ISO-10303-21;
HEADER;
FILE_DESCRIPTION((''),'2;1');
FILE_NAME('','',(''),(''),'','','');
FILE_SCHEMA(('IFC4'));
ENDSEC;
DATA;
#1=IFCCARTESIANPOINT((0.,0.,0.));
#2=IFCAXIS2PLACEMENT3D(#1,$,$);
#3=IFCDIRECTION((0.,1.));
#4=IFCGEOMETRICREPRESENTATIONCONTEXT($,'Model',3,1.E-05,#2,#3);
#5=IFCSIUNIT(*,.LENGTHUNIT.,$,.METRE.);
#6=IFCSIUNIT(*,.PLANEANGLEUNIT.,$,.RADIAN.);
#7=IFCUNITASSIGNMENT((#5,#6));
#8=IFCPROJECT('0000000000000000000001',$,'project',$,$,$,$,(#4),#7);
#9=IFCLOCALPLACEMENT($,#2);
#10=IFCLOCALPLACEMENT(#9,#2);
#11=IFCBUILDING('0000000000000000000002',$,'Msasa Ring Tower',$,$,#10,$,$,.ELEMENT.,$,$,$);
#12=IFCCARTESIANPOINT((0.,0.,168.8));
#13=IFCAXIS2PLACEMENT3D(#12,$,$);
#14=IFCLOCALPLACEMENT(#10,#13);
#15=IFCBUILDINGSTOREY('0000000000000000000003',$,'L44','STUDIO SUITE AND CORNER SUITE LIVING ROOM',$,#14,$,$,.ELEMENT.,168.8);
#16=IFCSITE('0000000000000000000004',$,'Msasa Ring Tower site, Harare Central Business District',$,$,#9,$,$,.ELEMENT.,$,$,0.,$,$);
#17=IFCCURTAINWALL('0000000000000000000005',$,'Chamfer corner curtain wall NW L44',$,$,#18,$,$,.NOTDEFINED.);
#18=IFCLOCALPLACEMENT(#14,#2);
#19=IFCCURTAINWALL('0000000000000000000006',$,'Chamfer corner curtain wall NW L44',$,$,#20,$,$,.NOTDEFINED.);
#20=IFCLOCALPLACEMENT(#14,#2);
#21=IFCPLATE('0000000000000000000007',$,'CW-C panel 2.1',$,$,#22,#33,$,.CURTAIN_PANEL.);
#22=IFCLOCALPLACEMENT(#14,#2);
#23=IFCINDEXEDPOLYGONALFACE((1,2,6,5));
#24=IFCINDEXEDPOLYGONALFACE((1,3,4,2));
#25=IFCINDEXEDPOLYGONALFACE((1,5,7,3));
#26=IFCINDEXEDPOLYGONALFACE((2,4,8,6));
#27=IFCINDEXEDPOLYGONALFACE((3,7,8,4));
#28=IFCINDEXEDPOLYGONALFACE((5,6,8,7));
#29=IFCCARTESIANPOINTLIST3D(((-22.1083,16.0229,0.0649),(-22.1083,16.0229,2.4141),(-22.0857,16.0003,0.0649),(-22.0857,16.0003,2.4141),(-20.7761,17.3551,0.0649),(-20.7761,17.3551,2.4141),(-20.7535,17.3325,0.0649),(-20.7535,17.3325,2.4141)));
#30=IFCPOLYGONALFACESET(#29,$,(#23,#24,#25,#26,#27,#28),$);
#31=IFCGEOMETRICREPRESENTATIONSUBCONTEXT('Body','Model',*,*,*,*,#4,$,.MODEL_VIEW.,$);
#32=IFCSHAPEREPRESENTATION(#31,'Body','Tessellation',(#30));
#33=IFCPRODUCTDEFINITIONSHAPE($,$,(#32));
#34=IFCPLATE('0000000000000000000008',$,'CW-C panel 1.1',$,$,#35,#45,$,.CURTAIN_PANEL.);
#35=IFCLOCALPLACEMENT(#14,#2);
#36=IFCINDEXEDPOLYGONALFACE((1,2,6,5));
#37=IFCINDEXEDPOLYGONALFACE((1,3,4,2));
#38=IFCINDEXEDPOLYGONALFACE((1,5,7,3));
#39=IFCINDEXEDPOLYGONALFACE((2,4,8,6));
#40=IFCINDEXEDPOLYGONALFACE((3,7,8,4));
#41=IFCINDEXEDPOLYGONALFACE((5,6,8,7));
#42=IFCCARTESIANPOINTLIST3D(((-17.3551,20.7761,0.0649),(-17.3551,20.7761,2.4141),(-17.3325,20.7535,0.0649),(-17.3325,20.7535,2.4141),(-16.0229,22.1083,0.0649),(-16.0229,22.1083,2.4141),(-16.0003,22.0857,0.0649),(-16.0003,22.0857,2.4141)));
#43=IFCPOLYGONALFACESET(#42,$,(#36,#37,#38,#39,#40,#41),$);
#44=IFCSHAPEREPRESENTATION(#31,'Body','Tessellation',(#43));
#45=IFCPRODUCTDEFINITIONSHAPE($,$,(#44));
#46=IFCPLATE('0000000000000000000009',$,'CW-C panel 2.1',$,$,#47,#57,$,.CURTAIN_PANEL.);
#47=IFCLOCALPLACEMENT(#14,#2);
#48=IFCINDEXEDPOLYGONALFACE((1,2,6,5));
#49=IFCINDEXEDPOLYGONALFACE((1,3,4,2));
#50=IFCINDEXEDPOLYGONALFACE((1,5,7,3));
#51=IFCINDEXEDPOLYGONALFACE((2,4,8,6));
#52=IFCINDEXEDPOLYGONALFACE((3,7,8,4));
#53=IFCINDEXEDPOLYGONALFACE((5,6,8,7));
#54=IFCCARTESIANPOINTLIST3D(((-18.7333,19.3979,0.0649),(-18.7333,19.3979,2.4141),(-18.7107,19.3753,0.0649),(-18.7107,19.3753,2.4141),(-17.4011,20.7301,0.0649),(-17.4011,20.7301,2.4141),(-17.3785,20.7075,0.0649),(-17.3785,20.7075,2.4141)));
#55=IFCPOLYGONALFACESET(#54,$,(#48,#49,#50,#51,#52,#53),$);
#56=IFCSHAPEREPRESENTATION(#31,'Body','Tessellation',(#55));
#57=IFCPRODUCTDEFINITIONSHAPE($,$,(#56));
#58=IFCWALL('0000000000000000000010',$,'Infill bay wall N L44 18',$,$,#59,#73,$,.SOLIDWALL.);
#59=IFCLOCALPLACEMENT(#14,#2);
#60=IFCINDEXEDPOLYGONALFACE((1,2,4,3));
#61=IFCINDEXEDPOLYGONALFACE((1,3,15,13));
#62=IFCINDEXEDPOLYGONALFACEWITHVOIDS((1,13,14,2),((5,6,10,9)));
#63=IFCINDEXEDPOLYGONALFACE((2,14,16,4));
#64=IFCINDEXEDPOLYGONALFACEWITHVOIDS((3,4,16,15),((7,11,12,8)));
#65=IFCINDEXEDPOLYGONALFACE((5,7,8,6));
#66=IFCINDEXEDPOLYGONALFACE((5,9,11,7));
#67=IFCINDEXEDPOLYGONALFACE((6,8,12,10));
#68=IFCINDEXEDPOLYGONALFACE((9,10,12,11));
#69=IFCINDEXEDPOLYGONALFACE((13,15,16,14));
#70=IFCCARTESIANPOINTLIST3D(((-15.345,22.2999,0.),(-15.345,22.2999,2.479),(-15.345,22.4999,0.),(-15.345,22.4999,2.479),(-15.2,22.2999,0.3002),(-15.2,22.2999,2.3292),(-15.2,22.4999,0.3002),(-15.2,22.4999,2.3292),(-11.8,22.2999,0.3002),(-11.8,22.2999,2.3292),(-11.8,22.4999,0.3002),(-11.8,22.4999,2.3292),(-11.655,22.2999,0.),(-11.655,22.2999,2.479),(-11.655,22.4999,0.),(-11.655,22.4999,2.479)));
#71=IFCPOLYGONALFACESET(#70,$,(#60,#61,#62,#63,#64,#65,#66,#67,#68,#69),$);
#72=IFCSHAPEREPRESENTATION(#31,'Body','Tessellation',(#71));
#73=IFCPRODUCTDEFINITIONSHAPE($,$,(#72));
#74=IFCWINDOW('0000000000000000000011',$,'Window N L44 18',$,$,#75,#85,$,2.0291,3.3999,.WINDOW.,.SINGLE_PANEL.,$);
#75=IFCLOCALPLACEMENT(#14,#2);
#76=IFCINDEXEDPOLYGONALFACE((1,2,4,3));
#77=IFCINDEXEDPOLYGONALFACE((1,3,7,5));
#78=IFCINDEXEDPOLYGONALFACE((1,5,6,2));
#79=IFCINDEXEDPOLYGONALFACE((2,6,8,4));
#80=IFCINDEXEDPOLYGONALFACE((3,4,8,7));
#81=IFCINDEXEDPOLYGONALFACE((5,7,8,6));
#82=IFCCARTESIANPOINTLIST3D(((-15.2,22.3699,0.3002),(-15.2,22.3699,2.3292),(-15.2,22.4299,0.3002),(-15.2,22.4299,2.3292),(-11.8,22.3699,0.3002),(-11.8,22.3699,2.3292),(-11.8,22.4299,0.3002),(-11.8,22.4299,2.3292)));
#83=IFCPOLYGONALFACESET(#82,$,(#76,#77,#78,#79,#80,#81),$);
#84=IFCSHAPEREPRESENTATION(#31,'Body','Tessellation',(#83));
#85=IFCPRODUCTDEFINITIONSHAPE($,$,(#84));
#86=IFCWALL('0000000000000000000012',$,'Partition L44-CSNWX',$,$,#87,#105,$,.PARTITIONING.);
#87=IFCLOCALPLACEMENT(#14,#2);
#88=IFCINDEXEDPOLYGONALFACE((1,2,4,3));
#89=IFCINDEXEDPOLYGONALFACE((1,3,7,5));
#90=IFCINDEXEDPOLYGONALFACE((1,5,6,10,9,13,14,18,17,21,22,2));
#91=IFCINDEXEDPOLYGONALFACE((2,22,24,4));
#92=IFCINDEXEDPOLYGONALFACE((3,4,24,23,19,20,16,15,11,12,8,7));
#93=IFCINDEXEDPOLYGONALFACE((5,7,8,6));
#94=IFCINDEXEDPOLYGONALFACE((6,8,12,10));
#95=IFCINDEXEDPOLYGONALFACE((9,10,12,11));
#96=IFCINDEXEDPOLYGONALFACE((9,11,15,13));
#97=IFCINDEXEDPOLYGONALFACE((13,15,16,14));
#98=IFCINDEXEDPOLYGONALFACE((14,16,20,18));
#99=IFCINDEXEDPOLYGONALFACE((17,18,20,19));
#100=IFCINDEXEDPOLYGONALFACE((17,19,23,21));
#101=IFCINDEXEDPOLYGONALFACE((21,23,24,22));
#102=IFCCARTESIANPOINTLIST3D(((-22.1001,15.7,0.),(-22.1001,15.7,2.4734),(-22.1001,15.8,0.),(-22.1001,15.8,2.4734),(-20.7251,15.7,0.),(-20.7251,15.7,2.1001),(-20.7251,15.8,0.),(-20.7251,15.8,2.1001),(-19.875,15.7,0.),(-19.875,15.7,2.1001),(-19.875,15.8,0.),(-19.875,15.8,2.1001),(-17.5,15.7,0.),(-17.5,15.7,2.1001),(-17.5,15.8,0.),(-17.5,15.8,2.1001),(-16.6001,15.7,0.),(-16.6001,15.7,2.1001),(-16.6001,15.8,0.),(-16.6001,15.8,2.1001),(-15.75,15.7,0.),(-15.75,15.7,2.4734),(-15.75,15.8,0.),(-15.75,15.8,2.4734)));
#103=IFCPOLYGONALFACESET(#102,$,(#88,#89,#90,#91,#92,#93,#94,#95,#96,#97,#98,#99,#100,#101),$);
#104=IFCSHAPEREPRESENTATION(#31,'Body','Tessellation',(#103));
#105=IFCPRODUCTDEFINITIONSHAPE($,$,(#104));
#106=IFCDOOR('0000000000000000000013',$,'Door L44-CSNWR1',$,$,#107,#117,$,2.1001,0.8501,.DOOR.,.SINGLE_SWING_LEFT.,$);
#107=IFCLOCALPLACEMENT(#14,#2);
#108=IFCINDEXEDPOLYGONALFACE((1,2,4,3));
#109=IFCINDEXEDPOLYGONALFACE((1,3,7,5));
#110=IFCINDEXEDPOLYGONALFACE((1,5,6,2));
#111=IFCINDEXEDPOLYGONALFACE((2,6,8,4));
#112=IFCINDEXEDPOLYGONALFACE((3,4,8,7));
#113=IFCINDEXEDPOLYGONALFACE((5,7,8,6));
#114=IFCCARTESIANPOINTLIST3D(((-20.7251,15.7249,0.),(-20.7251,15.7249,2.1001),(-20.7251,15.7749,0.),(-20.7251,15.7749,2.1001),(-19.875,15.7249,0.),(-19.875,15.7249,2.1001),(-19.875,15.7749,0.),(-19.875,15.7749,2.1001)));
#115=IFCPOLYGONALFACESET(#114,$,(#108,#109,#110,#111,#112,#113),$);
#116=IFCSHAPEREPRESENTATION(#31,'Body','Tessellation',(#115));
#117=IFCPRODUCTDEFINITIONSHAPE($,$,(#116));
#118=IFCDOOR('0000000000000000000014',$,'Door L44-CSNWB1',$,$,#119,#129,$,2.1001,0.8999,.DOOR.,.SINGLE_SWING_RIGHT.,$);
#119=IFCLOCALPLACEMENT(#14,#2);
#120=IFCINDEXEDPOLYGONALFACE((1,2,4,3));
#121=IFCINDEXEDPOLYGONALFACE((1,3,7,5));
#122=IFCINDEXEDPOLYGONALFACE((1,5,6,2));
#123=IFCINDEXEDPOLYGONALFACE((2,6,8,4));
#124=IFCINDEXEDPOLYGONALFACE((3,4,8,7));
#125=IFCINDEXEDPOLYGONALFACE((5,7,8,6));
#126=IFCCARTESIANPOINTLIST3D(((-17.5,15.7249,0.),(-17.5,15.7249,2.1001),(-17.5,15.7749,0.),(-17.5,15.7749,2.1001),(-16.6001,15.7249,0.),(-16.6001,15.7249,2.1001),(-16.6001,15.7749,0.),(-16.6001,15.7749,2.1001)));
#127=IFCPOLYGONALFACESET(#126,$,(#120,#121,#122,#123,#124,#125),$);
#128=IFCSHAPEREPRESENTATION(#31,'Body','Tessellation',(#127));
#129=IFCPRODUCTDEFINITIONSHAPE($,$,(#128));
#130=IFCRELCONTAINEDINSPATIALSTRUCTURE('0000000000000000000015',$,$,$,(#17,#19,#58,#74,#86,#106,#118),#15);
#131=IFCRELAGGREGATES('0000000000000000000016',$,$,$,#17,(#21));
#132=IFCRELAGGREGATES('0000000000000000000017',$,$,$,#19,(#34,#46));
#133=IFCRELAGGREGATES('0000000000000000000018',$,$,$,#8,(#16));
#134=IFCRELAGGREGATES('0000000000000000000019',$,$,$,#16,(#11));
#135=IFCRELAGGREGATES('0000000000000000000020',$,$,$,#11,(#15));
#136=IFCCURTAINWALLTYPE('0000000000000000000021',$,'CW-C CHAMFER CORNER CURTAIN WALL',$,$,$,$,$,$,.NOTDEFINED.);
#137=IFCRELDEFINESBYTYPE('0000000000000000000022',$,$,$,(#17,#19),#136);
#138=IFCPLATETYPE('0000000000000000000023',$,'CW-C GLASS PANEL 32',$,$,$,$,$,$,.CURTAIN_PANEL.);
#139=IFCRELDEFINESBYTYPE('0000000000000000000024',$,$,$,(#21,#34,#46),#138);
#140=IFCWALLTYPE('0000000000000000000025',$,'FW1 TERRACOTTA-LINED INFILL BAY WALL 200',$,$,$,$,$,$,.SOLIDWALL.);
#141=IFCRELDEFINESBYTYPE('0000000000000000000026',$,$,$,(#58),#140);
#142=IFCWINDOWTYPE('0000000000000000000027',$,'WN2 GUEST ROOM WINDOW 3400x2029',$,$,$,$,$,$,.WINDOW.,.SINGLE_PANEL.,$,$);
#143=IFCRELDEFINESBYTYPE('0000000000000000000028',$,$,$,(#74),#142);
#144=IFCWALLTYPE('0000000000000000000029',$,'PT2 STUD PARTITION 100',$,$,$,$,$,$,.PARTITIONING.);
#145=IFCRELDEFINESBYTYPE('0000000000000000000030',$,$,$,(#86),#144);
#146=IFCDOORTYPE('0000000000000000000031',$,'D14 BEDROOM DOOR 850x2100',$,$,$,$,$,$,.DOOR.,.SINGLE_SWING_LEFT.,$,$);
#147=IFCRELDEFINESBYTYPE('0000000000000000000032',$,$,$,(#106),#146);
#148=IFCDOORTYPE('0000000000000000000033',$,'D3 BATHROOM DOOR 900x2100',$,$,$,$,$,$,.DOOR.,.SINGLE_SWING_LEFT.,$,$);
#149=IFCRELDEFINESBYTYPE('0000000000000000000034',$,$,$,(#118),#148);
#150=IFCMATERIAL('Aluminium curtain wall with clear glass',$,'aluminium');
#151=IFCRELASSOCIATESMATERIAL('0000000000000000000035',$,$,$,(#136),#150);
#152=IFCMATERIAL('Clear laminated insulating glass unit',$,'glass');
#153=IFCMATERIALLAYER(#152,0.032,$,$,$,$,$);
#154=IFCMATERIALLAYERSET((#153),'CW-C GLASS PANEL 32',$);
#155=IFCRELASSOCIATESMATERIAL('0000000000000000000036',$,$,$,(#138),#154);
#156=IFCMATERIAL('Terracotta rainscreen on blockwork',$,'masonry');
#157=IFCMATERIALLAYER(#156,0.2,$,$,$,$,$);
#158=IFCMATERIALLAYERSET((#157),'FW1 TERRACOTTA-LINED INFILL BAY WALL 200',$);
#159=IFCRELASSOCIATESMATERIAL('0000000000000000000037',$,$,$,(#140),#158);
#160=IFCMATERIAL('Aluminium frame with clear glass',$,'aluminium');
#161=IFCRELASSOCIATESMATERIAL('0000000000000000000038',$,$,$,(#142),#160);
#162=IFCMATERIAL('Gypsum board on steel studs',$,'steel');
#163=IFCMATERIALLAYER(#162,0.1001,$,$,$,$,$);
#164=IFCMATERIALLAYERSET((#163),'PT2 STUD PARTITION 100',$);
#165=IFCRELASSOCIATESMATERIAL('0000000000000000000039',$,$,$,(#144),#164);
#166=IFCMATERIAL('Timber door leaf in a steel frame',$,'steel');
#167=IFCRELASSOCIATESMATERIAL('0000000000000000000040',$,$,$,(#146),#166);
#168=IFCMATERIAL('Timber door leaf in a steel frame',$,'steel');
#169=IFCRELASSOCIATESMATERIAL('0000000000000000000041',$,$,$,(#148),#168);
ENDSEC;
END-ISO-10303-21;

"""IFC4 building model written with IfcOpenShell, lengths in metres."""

from ifc_helpers import new_model, si_unit, direction, frame, frame_2d, origin, origin_2d, place, context, subcontext, project, spatial, rectangle, extrude, material, layer, layer_set, type_object, element, fill, aggregate, save


model = new_model("IFC4")

# Units and contexts
model_context = context("Model", 3, precision=1e-05, world=origin(), true_north=direction((0.0, 1.0)))
body_context = subcontext(model_context, "Body", "Model", "MODEL_VIEW")
ifc_project = project(units=[si_unit("LENGTHUNIT", "METRE"), si_unit("PLANEANGLEUNIT", "RADIAN")], contexts=[model_context])

# Site, building, storey
site_placement = place(None, origin())
site = spatial("IfcSite", under=ifc_project, at=site_placement, Name="Msasa Ring Tower site, Harare Central Business District", CompositionType="ELEMENT", RefElevation=0.0)
building_placement = place(site_placement, origin())
building = spatial("IfcBuilding", under=site, at=building_placement, Name="Msasa Ring Tower", CompositionType="ELEMENT")
storey_placement = place(building_placement, frame((0.0, 0.0, 168.8)))
storey = spatial("IfcBuildingStorey", under=building, at=storey_placement, Name="L44", Description="STUDIO SUITE AND CORNER SUITE LIVING ROOM", CompositionType="ELEMENT", Elevation=168.8)

# Curtain walls
ifc_material_1 = material(Name="Aluminium curtain wall with clear glass", Category="aluminium")
curtain_wall_type = type_object("IfcCurtainWallType", Name="CW-C CHAMFER CORNER CURTAIN WALL", PredefinedType="NOTDEFINED", material=ifc_material_1)
curtain_wall_1_placement = place(storey_placement, origin())
curtain_wall_1 = element("IfcCurtainWall", 1, at=curtain_wall_1_placement, inside=storey, type_object=curtain_wall_type, Name="Chamfer corner curtain wall NW L44", PredefinedType="NOTDEFINED")
curtain_wall_2_placement = place(storey_placement, origin())
curtain_wall_2 = element("IfcCurtainWall", 2, at=curtain_wall_2_placement, inside=storey, type_object=curtain_wall_type, Name="Chamfer corner curtain wall NW L44", PredefinedType="NOTDEFINED")

# Plates
ifc_material_2 = material(Name="Clear laminated insulating glass unit", Category="glass")
ifc_layer_1 = layer(ifc_material_2, 0.032)
ifc_layer_set_1 = layer_set([ifc_layer_1], Name="CW-C GLASS PANEL 32")
plate_type = type_object("IfcPlateType", Name="CW-C GLASS PANEL 32", PredefinedType="CURTAIN_PANEL", material=ifc_layer_set_1)
plate_1_placement = place(storey_placement, frame((-21.4309, 16.6777, 0.0649), z_axis=(0.0, 0.0, 1.0), x_axis=(-0.707107, -0.707107, 0.0)))
plate_1 = element("IfcPlate", 3, at=plate_1_placement, type_object=plate_type, Name="CW-C panel 2.1", PredefinedType="CURTAIN_PANEL", context=body_context, shape_type="SweptSolid", body=[
    extrude(rectangle(XDim=1.884, YDim=0.032, at=origin_2d()), origin(), (0.0, 0.0, 1.0), 2.3491),
])
aggregate(curtain_wall_1, [plate_1])
plate_2_placement = place(storey_placement, frame((-16.6777, 21.4309, 0.0649), z_axis=(0.0, 0.0, 1.0), x_axis=(-0.707107, -0.707107, 0.0)))
plate_2 = element("IfcPlate", 4, at=plate_2_placement, type_object=plate_type, Name="CW-C panel 1.1", PredefinedType="CURTAIN_PANEL", context=body_context, shape_type="SweptSolid", body=[
    extrude(rectangle(XDim=1.884, YDim=0.032, at=origin_2d()), origin(), (0.0, 0.0, 1.0), 2.3491),
])
plate_3_placement = place(storey_placement, frame((-18.0559, 20.0527, 0.0649), z_axis=(0.0, 0.0, 1.0), x_axis=(-0.707107, -0.707107, 0.0)))
plate_3 = element("IfcPlate", 5, at=plate_3_placement, type_object=plate_type, Name="CW-C panel 2.1", PredefinedType="CURTAIN_PANEL", context=body_context, shape_type="SweptSolid", body=[
    extrude(rectangle(XDim=1.884, YDim=0.032, at=origin_2d()), origin(), (0.0, 0.0, 1.0), 2.3491),
])
aggregate(curtain_wall_2, [plate_2, plate_3])

# Wall, opening, window
ifc_material_3 = material(Name="Terracotta rainscreen on blockwork", Category="masonry")
ifc_layer_2 = layer(ifc_material_3, 0.2)
ifc_layer_set_2 = layer_set([ifc_layer_2], Name="FW1 TERRACOTTA-LINED INFILL BAY WALL 200")
wall_type_1 = type_object("IfcWallType", Name="FW1 TERRACOTTA-LINED INFILL BAY WALL 200", PredefinedType="SOLIDWALL", material=ifc_layer_set_2)
wall_1_placement = place(storey_placement, frame((-15.345, 22.3999, 0.0), z_axis=(0.0, 0.0, 1.0), x_axis=(1.0, 0.0, 0.0)))
wall_1 = element("IfcWall", 6, at=wall_1_placement, inside=storey, type_object=wall_type_1, Name="Infill bay wall N L44 18", PredefinedType="SOLIDWALL", context=body_context, shape_type="SweptSolid", body=[
    extrude(rectangle(XDim=3.6899, YDim=0.2, at=frame_2d((1.845, 0.0))), origin(), (0.0, 0.0, 1.0), 2.479),
])
opening_1_placement = place(wall_1_placement, frame((0.145, 0.0, 0.3)))
opening_1 = element("IfcOpeningElement", 7, at=opening_1_placement, cuts=wall_1, PredefinedType="OPENING", context=body_context, shape_type="SweptSolid", body=[
    extrude(rectangle(XDim=3.3999, YDim=2.0291, at=frame_2d((1.7, 1.0146))), frame((0.0, 0.1099, 0.0), z_axis=(0.0, -1.0, 0.0), x_axis=(1.0, 0.0, 0.0)), (0.0, 0.0, 1.0), 0.22),
])
ifc_material_4 = material(Name="Aluminium frame with clear glass", Category="aluminium")
window_type = type_object("IfcWindowType", Name="WN2 GUEST ROOM WINDOW 3400x2029", PartitioningType="SINGLE_PANEL", PredefinedType="WINDOW", material=ifc_material_4)
window_placement = place(opening_1_placement, origin())
window = element("IfcWindow", 8, at=window_placement, inside=storey, type_object=window_type, Name="Window N L44 18", OverallHeight=2.0291, OverallWidth=3.3999, PartitioningType="SINGLE_PANEL", PredefinedType="WINDOW", context=body_context, shape_type="SweptSolid", body=[
    extrude(rectangle(XDim=3.3999, YDim=2.0291, at=frame_2d((1.7, 1.0146))), frame((0.0, 0.03, 0.0), z_axis=(0.0, -1.0, 0.0), x_axis=(1.0, 0.0, 0.0)), (0.0, 0.0, 1.0), 0.0601),
])
fill(opening_1, window)

# Wall, openings, doors
ifc_material_5 = material(Name="Gypsum board on steel studs", Category="steel")
ifc_layer_3 = layer(ifc_material_5, 0.1001)
ifc_layer_set_3 = layer_set([ifc_layer_3], Name="PT2 STUD PARTITION 100")
wall_type_2 = type_object("IfcWallType", Name="PT2 STUD PARTITION 100", PredefinedType="PARTITIONING", material=ifc_layer_set_3)
wall_2_placement = place(storey_placement, frame((-22.1001, 15.75, 0.0), z_axis=(0.0, 0.0, 1.0), x_axis=(1.0, 0.0, 0.0)))
wall_2 = element("IfcWall", 9, at=wall_2_placement, inside=storey, type_object=wall_type_2, Name="Partition L44-CSNWX", PredefinedType="PARTITIONING", context=body_context, shape_type="SweptSolid", body=[
    extrude(rectangle(XDim=6.3501, YDim=0.1001, at=frame_2d((3.175, 0.0))), origin(), (0.0, 0.0, 1.0), 2.4734),
])
opening_2_placement = place(wall_2_placement, frame((1.375, 0.0, 0.0)))
opening_2 = element("IfcOpeningElement", 10, at=opening_2_placement, cuts=wall_2, PredefinedType="OPENING", context=body_context, shape_type="SweptSolid", body=[
    extrude(rectangle(XDim=0.8501, YDim=2.1001, at=frame_2d((0.425, 1.05))), frame((0.0, 0.0601, 0.0), z_axis=(0.0, -1.0, 0.0), x_axis=(1.0, 0.0, 0.0)), (0.0, 0.0, 1.0), 0.1201),
])
opening_3_placement = place(wall_2_placement, frame((4.6001, 0.0, 0.0)))
opening_3 = element("IfcOpeningElement", 11, at=opening_3_placement, cuts=wall_2, PredefinedType="OPENING", context=body_context, shape_type="SweptSolid", body=[
    extrude(rectangle(XDim=0.8999, YDim=2.1001, at=frame_2d((0.45, 1.05))), frame((0.0, 0.0601, 0.0), z_axis=(0.0, -1.0, 0.0), x_axis=(1.0, 0.0, 0.0)), (0.0, 0.0, 1.0), 0.1201),
])
ifc_material_6 = material(Name="Timber door leaf in a steel frame", Category="steel")
door_type_1 = type_object("IfcDoorType", Name="D14 BEDROOM DOOR 850x2100", OperationType="SINGLE_SWING_LEFT", PredefinedType="DOOR", material=ifc_material_6)
door_1_placement = place(opening_2_placement, origin())
door_1 = element("IfcDoor", 12, at=door_1_placement, inside=storey, type_object=door_type_1, Name="Door L44-CSNWR1", OperationType="SINGLE_SWING_LEFT", OverallHeight=2.1001, OverallWidth=0.8501, PredefinedType="DOOR", context=body_context, shape_type="SweptSolid", body=[
    extrude(rectangle(XDim=0.8501, YDim=2.1001, at=frame_2d((0.425, 1.05))), frame((0.0, 0.0249, 0.0), z_axis=(0.0, -1.0, 0.0), x_axis=(1.0, 0.0, 0.0)), (0.0, 0.0, 1.0), 0.05),
])
fill(opening_2, door_1)
ifc_material_7 = material(Name="Timber door leaf in a steel frame", Category="steel")
door_type_2 = type_object("IfcDoorType", Name="D3 BATHROOM DOOR 900x2100", OperationType="SINGLE_SWING_LEFT", PredefinedType="DOOR", material=ifc_material_7)
door_2_placement = place(opening_3_placement, origin())
door_2 = element("IfcDoor", 13, at=door_2_placement, inside=storey, type_object=door_type_2, Name="Door L44-CSNWB1", OperationType="SINGLE_SWING_RIGHT", OverallHeight=2.1001, OverallWidth=0.8999, PredefinedType="DOOR", context=body_context, shape_type="SweptSolid", body=[
    extrude(rectangle(XDim=0.8999, YDim=2.1001, at=frame_2d((0.45, 1.05))), frame((0.0, 0.0249, 0.0), z_axis=(0.0, -1.0, 0.0), x_axis=(1.0, 0.0, 0.0)), (0.0, 0.0, 1.0), 0.05),
])
fill(opening_3, door_2)

save(model, "model.ifc")
